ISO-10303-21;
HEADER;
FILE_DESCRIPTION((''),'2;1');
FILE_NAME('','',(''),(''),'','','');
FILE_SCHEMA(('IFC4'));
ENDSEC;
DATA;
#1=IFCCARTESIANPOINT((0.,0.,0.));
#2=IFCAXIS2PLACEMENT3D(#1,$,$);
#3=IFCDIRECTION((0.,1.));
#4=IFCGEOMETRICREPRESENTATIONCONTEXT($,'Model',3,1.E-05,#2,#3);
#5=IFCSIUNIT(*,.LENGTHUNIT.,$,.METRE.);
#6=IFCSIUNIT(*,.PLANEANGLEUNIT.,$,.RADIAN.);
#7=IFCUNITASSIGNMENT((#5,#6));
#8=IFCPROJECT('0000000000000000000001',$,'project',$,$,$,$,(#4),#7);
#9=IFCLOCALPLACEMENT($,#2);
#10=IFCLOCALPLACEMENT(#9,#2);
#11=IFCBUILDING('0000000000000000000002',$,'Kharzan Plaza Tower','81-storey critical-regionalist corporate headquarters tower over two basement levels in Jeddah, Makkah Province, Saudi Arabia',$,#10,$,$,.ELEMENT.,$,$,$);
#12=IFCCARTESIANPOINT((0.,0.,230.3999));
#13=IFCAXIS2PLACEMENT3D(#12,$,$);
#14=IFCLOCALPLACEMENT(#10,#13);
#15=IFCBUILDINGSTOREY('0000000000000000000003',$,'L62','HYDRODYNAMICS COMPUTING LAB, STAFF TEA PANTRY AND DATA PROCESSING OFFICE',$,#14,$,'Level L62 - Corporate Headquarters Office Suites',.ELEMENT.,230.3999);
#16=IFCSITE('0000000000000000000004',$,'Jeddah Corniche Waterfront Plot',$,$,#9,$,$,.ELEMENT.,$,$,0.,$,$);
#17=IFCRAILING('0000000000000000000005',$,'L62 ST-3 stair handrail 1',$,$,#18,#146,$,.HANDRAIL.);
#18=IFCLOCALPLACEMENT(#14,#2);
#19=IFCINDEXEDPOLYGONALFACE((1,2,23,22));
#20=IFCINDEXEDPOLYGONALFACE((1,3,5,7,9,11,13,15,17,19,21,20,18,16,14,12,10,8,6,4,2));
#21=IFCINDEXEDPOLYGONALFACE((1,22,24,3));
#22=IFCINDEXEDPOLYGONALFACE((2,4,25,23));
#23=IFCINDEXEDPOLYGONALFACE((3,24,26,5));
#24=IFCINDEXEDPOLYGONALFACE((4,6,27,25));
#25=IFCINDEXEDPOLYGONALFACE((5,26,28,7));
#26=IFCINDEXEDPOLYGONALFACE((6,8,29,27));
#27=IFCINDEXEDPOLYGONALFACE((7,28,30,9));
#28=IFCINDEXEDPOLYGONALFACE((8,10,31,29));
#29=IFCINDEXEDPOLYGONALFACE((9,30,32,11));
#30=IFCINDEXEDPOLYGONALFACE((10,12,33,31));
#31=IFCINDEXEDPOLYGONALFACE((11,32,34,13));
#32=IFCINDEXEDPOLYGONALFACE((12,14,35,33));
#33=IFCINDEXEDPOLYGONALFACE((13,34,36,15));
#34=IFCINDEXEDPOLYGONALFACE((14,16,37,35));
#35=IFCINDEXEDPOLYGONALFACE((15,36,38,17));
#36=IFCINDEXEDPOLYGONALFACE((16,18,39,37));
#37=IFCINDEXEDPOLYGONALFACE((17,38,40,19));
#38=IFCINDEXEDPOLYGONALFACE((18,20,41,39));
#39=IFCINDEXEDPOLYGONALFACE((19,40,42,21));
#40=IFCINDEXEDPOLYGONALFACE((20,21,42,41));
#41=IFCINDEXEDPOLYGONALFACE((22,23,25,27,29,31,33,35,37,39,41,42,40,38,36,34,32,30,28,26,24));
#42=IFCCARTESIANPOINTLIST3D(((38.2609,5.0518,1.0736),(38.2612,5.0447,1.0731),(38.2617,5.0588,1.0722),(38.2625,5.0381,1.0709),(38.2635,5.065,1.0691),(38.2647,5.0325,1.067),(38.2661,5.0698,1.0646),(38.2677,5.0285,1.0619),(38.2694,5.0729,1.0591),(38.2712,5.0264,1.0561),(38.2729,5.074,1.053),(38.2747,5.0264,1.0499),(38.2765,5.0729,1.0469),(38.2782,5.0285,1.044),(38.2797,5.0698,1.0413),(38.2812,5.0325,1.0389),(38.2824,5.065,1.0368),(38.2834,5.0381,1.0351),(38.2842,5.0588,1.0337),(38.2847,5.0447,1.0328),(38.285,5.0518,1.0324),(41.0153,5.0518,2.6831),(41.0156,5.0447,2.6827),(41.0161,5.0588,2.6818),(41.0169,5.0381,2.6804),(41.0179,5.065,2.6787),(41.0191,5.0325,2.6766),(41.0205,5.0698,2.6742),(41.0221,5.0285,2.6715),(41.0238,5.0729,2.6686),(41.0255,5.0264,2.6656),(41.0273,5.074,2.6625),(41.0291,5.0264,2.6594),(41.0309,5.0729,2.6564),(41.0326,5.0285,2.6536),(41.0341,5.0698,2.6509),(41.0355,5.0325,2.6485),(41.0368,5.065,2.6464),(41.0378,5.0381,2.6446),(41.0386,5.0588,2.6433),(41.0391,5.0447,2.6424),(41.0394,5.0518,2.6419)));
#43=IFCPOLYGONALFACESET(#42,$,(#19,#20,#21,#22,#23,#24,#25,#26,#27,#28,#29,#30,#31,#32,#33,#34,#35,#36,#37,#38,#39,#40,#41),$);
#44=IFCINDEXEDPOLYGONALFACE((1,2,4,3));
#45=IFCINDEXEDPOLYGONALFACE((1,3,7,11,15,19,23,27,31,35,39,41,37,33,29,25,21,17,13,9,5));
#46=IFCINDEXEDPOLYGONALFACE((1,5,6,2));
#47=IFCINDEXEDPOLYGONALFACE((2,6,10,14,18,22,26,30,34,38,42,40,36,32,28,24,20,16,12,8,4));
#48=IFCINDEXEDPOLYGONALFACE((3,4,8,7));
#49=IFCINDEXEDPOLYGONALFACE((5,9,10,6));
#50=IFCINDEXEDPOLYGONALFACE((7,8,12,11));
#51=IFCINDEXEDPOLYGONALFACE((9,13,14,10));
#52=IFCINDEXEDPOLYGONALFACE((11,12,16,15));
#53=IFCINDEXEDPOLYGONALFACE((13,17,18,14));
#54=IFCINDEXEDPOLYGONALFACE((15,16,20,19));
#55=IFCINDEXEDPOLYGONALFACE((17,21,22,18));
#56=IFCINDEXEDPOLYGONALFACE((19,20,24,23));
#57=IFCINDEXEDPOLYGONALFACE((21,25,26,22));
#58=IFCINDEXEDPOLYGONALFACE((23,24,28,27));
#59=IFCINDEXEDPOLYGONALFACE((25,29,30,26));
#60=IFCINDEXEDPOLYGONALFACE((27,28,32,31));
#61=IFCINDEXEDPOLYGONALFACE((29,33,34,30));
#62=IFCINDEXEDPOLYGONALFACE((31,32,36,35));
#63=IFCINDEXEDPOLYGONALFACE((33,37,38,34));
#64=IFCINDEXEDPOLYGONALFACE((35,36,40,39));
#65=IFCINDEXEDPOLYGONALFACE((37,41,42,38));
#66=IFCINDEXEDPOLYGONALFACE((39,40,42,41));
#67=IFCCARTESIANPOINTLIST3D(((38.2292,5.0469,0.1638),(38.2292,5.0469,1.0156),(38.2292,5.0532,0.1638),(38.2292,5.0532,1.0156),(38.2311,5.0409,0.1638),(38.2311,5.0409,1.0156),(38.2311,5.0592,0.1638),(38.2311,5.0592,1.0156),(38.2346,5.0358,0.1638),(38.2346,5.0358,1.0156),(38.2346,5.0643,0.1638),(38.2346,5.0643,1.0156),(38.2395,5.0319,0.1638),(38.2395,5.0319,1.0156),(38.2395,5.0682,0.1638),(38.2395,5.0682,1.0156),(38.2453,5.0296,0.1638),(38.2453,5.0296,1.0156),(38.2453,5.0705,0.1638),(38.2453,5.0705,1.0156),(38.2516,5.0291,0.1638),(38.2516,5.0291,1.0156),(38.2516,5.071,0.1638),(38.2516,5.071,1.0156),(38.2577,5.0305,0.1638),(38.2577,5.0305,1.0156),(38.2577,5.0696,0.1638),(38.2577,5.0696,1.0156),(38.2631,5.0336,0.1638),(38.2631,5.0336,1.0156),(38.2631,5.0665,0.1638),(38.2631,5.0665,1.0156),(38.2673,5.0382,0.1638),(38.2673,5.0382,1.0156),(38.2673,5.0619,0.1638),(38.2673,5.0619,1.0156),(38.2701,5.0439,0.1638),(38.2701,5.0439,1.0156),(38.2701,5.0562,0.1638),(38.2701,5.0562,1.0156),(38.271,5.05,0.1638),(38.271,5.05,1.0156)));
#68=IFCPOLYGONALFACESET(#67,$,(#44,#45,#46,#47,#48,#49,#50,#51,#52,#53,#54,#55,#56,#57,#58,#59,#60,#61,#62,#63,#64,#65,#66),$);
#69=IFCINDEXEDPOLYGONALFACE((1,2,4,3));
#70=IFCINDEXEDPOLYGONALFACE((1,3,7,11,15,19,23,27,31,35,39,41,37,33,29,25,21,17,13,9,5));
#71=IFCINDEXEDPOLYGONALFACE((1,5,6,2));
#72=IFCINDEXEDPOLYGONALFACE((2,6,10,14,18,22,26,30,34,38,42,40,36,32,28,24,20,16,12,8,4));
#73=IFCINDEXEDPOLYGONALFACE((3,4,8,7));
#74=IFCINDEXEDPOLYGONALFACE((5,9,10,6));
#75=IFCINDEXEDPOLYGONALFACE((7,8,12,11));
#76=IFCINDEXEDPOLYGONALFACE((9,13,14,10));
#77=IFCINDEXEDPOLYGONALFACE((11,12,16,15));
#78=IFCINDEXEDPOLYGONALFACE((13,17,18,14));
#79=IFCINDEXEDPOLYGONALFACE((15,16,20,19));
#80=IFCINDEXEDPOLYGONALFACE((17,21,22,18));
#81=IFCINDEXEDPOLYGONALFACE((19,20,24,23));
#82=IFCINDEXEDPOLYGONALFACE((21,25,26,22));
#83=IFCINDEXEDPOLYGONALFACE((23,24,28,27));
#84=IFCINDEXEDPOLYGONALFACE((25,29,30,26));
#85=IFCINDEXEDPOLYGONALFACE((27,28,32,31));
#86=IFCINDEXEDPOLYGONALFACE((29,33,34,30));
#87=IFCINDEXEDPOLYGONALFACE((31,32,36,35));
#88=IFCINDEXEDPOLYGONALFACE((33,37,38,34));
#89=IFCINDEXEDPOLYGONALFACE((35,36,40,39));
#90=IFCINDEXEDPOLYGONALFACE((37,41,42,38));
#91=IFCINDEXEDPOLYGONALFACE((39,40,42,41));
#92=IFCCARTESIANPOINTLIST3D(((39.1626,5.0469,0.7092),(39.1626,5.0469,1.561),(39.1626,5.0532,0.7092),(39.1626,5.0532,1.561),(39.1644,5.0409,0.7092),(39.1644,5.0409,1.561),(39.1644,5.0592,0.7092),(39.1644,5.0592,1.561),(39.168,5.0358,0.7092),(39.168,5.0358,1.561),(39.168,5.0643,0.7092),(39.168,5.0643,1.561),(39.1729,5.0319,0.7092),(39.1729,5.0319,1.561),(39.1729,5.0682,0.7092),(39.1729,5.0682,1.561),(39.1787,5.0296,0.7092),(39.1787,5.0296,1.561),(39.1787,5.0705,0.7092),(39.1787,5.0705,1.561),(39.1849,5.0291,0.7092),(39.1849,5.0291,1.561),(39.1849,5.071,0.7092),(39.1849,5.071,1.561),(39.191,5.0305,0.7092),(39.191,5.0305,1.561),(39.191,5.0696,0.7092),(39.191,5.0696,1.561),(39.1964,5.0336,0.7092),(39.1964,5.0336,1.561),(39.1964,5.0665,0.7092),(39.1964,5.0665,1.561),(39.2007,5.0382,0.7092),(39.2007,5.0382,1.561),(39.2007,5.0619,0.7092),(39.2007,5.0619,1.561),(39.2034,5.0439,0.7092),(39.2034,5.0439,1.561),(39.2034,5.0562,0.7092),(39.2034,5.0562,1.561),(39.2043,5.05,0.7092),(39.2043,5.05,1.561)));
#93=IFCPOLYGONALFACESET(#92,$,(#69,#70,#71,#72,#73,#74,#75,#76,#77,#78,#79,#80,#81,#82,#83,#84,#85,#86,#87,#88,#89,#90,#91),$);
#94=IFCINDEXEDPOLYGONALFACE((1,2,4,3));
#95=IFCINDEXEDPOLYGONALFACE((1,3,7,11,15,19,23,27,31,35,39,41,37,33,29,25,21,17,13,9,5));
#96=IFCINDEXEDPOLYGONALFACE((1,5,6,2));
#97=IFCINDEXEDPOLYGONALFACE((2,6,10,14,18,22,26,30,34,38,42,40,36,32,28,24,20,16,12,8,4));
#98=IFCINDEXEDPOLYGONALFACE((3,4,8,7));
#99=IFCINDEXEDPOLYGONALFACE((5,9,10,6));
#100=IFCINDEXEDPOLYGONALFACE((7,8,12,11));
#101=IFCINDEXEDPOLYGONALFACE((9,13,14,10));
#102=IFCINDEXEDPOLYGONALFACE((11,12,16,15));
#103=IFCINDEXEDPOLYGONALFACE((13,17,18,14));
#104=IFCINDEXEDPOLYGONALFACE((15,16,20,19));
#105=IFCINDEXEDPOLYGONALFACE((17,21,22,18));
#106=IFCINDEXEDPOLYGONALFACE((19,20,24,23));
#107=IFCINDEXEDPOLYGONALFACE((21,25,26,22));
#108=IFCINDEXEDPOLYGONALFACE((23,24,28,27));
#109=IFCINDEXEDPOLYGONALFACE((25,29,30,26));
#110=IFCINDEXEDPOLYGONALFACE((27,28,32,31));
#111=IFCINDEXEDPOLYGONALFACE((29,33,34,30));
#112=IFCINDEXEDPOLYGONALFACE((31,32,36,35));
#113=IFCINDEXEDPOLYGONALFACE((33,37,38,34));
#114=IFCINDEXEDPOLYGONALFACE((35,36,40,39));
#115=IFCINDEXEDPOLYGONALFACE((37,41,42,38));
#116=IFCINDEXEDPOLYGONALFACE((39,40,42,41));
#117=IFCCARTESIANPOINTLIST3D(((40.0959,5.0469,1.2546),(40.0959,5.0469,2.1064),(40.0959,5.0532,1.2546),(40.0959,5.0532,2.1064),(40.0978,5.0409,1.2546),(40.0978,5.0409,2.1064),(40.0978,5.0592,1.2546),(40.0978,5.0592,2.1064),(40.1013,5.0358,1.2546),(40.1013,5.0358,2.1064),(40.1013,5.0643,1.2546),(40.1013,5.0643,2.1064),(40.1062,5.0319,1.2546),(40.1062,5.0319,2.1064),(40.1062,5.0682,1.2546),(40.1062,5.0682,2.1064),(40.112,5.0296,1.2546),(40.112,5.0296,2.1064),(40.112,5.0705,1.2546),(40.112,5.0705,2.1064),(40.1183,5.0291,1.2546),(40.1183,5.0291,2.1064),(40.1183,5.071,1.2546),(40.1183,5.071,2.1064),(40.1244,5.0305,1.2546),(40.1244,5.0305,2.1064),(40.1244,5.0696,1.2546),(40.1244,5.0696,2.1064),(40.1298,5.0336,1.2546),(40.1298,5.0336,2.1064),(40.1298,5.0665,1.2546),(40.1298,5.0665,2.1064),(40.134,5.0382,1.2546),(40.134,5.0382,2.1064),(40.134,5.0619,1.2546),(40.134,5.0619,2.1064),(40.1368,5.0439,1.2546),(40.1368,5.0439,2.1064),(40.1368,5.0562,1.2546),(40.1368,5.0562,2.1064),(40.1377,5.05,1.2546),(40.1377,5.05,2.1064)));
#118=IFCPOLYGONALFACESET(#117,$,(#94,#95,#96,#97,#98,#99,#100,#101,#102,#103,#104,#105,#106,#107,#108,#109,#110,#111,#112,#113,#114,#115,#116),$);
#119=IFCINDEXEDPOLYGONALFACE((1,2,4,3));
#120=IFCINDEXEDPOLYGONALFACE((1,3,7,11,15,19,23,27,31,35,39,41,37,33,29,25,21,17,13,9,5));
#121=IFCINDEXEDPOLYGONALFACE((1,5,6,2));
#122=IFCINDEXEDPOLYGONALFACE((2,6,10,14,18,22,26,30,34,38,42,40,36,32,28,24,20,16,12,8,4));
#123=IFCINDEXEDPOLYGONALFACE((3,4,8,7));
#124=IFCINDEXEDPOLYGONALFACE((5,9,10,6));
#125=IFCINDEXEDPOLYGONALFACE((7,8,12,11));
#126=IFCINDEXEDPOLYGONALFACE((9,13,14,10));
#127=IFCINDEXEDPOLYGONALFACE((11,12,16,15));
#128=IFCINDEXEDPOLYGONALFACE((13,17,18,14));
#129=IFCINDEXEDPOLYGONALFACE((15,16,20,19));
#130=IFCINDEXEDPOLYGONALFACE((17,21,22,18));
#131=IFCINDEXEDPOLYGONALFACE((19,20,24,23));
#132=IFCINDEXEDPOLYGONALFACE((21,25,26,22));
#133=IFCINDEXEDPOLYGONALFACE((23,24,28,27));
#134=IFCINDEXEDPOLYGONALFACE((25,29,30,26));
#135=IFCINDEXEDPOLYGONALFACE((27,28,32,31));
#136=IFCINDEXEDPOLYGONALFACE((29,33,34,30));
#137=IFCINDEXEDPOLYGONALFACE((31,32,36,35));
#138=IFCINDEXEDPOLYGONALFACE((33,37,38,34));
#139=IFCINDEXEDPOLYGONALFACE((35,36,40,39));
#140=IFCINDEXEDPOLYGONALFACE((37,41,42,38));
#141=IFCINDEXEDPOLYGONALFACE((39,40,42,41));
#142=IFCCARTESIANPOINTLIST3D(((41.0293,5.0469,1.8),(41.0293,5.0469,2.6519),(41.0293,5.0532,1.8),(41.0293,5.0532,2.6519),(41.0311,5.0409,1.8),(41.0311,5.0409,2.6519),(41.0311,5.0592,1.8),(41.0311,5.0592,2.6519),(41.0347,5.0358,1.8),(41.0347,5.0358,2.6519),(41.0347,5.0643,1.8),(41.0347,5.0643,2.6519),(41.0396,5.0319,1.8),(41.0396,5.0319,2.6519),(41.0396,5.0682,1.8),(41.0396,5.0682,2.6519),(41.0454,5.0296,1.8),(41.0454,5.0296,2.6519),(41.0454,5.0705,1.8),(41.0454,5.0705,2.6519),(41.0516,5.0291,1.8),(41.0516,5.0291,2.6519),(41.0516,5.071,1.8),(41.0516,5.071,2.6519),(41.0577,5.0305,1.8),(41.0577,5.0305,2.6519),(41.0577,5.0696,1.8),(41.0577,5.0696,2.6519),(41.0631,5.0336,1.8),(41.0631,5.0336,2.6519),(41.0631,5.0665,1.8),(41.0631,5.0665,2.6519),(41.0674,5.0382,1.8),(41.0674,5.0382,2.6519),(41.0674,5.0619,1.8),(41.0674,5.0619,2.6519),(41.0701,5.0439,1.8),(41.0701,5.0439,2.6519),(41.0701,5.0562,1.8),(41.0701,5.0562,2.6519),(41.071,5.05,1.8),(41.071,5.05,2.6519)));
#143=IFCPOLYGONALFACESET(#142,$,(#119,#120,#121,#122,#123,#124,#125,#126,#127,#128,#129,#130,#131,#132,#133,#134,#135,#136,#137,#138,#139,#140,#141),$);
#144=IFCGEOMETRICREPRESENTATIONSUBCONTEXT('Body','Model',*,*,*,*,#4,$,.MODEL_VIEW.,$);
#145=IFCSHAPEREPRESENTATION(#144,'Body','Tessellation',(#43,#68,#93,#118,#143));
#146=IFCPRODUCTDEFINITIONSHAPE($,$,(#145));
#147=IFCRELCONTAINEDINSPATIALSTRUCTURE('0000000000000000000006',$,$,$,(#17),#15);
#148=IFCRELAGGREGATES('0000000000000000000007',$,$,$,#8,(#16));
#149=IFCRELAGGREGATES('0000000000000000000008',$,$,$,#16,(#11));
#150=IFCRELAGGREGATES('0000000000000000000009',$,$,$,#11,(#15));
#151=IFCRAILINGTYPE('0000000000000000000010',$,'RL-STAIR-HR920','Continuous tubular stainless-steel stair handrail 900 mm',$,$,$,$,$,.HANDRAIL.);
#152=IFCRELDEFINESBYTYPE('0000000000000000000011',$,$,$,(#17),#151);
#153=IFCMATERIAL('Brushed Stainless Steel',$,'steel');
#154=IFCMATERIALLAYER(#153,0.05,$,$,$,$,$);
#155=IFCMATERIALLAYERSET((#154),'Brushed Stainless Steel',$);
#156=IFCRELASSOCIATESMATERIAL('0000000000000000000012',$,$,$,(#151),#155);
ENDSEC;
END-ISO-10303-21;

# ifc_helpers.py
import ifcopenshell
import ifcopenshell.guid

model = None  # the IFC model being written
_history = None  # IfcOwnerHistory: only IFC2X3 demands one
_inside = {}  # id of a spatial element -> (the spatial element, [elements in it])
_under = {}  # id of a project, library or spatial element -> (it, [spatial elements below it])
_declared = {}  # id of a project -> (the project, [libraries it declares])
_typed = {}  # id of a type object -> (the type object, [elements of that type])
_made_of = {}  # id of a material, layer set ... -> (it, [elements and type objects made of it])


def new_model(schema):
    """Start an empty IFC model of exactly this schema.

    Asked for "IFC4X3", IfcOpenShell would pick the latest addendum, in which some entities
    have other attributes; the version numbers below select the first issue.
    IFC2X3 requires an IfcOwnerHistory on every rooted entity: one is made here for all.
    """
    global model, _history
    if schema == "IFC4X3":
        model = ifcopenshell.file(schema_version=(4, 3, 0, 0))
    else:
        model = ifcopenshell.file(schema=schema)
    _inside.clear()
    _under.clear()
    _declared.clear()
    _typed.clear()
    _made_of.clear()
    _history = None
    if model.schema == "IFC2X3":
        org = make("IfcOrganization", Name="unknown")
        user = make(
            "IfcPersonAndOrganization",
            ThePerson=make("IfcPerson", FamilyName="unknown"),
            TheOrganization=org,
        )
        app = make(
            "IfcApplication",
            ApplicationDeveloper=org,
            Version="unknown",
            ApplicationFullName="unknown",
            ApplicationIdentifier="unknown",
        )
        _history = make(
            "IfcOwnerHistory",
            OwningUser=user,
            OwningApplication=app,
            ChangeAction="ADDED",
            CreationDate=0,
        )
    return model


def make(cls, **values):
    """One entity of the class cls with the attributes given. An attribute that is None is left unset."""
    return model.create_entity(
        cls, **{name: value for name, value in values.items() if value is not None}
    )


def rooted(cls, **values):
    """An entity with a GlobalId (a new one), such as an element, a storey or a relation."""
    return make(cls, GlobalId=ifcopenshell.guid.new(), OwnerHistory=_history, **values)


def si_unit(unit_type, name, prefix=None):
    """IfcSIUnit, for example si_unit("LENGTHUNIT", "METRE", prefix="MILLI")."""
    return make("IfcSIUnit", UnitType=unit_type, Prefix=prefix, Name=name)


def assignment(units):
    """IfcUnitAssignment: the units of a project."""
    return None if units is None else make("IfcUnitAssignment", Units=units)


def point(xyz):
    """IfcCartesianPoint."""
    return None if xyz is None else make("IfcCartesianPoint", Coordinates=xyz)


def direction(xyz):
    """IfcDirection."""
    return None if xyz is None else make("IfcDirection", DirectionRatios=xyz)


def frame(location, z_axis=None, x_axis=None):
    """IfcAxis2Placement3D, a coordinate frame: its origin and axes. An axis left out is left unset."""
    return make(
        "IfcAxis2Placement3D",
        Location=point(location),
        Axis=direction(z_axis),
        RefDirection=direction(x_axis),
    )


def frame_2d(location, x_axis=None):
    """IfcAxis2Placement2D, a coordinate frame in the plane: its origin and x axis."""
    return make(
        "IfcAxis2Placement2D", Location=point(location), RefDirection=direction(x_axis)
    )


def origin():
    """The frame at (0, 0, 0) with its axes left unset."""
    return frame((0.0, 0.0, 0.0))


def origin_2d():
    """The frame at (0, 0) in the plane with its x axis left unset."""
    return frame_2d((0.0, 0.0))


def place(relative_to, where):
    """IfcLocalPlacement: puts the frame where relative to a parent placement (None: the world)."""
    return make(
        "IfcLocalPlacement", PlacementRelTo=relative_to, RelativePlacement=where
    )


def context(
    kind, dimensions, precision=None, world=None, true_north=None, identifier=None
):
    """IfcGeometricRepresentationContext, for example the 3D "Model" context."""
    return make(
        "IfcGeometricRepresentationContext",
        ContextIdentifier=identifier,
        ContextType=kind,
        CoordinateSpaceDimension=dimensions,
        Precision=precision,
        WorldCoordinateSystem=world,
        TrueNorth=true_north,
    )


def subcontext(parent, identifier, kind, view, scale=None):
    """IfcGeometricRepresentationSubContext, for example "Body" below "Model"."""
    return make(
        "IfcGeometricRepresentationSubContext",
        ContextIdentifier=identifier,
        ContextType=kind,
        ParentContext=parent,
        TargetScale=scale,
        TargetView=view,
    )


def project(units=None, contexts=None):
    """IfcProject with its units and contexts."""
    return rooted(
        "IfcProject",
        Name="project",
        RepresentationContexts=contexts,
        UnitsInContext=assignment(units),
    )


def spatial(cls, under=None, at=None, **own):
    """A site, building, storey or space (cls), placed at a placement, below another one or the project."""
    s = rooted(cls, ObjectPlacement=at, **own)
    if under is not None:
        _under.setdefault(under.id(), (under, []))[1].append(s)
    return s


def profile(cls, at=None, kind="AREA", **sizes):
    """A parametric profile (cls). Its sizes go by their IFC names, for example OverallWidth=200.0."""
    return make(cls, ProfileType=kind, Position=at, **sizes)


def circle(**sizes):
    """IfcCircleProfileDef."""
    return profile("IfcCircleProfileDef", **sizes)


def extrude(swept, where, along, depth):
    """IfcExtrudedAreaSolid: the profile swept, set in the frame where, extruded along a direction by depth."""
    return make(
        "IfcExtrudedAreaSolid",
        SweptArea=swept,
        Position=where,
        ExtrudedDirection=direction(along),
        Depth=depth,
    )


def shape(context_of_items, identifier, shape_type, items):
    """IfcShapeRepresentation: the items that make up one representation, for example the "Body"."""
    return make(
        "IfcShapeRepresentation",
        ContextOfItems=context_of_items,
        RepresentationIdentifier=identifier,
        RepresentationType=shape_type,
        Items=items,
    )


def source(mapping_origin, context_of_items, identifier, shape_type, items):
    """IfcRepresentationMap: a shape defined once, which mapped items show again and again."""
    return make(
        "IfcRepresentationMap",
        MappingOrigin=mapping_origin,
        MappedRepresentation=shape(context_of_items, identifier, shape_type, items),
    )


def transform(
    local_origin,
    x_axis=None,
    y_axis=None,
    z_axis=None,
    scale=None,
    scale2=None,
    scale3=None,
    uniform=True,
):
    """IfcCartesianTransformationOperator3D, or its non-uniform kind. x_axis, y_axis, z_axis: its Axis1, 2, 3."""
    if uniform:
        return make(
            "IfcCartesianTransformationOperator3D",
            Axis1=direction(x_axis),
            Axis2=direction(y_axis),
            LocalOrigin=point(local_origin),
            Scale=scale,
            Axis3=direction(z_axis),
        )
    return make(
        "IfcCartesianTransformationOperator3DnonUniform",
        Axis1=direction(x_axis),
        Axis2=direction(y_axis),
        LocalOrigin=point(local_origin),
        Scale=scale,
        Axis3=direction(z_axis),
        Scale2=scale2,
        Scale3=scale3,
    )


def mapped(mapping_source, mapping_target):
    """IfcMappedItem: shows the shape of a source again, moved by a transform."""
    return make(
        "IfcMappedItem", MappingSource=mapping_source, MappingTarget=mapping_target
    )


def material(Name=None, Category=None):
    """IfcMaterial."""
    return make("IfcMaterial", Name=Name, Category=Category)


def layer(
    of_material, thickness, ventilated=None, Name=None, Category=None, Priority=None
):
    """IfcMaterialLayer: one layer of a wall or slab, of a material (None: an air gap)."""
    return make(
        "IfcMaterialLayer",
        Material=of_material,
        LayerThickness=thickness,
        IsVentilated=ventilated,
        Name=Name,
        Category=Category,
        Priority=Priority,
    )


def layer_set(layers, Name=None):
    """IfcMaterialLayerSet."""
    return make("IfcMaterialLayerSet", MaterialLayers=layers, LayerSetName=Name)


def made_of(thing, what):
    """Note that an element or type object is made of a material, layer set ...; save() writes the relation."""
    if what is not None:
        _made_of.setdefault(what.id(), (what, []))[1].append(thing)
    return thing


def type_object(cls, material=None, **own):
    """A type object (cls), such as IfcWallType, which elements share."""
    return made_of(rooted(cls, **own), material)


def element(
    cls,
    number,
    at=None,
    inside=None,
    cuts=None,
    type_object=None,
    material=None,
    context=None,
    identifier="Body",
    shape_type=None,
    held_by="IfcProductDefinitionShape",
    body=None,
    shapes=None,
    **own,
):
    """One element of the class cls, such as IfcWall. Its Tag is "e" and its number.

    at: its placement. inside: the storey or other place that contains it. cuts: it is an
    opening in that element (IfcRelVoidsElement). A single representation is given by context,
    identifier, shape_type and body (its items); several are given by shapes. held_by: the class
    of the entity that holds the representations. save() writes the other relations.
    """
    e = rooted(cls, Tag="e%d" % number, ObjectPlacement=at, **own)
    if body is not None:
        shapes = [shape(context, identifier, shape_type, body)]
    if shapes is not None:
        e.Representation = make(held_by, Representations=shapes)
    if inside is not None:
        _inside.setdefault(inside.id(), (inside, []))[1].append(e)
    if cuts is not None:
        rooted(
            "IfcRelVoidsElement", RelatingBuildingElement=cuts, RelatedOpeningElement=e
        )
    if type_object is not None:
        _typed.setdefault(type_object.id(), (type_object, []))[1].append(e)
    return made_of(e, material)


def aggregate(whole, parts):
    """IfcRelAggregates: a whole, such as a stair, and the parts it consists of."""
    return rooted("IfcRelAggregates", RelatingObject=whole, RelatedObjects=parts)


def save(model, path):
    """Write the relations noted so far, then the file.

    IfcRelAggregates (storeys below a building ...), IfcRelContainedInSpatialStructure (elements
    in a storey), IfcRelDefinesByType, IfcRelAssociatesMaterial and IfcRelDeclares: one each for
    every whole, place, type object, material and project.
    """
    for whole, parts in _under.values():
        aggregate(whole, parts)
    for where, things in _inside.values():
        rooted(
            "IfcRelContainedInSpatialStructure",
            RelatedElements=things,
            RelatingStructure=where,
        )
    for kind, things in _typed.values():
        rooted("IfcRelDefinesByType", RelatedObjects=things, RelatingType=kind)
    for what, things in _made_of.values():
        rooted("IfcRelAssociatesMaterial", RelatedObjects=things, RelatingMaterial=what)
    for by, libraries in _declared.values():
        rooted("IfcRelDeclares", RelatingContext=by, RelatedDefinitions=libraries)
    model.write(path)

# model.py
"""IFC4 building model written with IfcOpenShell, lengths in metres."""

from ifc_helpers import new_model, si_unit, direction, frame, origin, origin_2d, place, context, subcontext, project, spatial, circle, extrude, source, transform, mapped, material, layer, layer_set, type_object, element, save


model = new_model("IFC4")

# Units and contexts
model_context = context("Model", 3, precision=1e-05, world=origin(), true_north=direction((0.0, 1.0)))
body_context = subcontext(model_context, "Body", "Model", "MODEL_VIEW")
ifc_project = project(units=[si_unit("LENGTHUNIT", "METRE"), si_unit("PLANEANGLEUNIT", "RADIAN")], contexts=[model_context])

# Site, building, storey
site_placement = place(None, origin())
site = spatial("IfcSite", under=ifc_project, at=site_placement, Name="Jeddah Corniche Waterfront Plot", CompositionType="ELEMENT", RefElevation=0.0)
building_placement = place(site_placement, origin())
building = spatial("IfcBuilding", under=site, at=building_placement, Name="Kharzan Plaza Tower", Description="81-storey critical-regionalist corporate headquarters tower over two basement levels in Jeddah, Makkah Province, Saudi Arabia", CompositionType="ELEMENT")
storey_placement = place(building_placement, frame((0.0, 0.0, 230.3999)))
storey = spatial("IfcBuildingStorey", under=building, at=storey_placement, Name="L62", Description="HYDRODYNAMICS COMPUTING LAB, STAFF TEA PANTRY AND DATA PROCESSING OFFICE", LongName="Level L62 - Corporate Headquarters Office Suites", CompositionType="ELEMENT", Elevation=230.3999)

# Railing
ifc_material_1 = material(Name="Brushed Stainless Steel", Category="steel")
ifc_layer_1 = layer(ifc_material_1, 0.05)
ifc_layer_set_1 = layer_set([ifc_layer_1], Name="Brushed Stainless Steel")
railing_type_1 = type_object("IfcRailingType", Name="RL-STAIR-HR920", Description="Continuous tubular stainless-steel stair handrail 900 mm", PredefinedType="HANDRAIL", material=ifc_layer_set_1)
shared_shape_1 = source(origin(), body_context, "Body", "SweptSolid", [
    extrude(circle(Radius=0.0239, at=origin_2d()), frame((0.0229, 0.0, 0.8892), z_axis=(0.863394, 0.0, 0.504531), x_axis=(0.0, 1.0, 0.0)), (0.0, 0.0, 1.0), 3.1902),
    extrude(circle(Radius=0.021, at=origin_2d()), origin(), (0.0, 0.0, 1.0), 0.8518),
    extrude(circle(Radius=0.021, at=origin_2d()), frame((0.9333, 0.0, 0.5454)), (0.0, 0.0, 1.0), 0.8518),
    extrude(circle(Radius=0.021, at=origin_2d()), frame((1.8667, 0.0, 1.0908)), (0.0, 0.0, 1.0), 0.8518),
    extrude(circle(Radius=0.021, at=origin_2d()), frame((2.8, 0.0, 1.6362)), (0.0, 0.0, 1.0), 0.8518),
])
railing_1_placement = place(storey_placement, frame((38.25, 5.05, 0.1638)))
element("IfcRailing", 1, at=railing_1_placement, inside=storey, type_object=railing_type_1, Name="L62 ST-3 stair handrail 1", PredefinedType="HANDRAIL", context=body_context, shape_type="MappedRepresentation", body=[
    mapped(shared_shape_1, transform((0.0, 0.0, 0.0), x_axis=(1.0, 0.0, 0.0), y_axis=(0.0, 1.0, 0.0), z_axis=(0.0, 0.0, 1.0))),
])

save(model, "model.ifc")
